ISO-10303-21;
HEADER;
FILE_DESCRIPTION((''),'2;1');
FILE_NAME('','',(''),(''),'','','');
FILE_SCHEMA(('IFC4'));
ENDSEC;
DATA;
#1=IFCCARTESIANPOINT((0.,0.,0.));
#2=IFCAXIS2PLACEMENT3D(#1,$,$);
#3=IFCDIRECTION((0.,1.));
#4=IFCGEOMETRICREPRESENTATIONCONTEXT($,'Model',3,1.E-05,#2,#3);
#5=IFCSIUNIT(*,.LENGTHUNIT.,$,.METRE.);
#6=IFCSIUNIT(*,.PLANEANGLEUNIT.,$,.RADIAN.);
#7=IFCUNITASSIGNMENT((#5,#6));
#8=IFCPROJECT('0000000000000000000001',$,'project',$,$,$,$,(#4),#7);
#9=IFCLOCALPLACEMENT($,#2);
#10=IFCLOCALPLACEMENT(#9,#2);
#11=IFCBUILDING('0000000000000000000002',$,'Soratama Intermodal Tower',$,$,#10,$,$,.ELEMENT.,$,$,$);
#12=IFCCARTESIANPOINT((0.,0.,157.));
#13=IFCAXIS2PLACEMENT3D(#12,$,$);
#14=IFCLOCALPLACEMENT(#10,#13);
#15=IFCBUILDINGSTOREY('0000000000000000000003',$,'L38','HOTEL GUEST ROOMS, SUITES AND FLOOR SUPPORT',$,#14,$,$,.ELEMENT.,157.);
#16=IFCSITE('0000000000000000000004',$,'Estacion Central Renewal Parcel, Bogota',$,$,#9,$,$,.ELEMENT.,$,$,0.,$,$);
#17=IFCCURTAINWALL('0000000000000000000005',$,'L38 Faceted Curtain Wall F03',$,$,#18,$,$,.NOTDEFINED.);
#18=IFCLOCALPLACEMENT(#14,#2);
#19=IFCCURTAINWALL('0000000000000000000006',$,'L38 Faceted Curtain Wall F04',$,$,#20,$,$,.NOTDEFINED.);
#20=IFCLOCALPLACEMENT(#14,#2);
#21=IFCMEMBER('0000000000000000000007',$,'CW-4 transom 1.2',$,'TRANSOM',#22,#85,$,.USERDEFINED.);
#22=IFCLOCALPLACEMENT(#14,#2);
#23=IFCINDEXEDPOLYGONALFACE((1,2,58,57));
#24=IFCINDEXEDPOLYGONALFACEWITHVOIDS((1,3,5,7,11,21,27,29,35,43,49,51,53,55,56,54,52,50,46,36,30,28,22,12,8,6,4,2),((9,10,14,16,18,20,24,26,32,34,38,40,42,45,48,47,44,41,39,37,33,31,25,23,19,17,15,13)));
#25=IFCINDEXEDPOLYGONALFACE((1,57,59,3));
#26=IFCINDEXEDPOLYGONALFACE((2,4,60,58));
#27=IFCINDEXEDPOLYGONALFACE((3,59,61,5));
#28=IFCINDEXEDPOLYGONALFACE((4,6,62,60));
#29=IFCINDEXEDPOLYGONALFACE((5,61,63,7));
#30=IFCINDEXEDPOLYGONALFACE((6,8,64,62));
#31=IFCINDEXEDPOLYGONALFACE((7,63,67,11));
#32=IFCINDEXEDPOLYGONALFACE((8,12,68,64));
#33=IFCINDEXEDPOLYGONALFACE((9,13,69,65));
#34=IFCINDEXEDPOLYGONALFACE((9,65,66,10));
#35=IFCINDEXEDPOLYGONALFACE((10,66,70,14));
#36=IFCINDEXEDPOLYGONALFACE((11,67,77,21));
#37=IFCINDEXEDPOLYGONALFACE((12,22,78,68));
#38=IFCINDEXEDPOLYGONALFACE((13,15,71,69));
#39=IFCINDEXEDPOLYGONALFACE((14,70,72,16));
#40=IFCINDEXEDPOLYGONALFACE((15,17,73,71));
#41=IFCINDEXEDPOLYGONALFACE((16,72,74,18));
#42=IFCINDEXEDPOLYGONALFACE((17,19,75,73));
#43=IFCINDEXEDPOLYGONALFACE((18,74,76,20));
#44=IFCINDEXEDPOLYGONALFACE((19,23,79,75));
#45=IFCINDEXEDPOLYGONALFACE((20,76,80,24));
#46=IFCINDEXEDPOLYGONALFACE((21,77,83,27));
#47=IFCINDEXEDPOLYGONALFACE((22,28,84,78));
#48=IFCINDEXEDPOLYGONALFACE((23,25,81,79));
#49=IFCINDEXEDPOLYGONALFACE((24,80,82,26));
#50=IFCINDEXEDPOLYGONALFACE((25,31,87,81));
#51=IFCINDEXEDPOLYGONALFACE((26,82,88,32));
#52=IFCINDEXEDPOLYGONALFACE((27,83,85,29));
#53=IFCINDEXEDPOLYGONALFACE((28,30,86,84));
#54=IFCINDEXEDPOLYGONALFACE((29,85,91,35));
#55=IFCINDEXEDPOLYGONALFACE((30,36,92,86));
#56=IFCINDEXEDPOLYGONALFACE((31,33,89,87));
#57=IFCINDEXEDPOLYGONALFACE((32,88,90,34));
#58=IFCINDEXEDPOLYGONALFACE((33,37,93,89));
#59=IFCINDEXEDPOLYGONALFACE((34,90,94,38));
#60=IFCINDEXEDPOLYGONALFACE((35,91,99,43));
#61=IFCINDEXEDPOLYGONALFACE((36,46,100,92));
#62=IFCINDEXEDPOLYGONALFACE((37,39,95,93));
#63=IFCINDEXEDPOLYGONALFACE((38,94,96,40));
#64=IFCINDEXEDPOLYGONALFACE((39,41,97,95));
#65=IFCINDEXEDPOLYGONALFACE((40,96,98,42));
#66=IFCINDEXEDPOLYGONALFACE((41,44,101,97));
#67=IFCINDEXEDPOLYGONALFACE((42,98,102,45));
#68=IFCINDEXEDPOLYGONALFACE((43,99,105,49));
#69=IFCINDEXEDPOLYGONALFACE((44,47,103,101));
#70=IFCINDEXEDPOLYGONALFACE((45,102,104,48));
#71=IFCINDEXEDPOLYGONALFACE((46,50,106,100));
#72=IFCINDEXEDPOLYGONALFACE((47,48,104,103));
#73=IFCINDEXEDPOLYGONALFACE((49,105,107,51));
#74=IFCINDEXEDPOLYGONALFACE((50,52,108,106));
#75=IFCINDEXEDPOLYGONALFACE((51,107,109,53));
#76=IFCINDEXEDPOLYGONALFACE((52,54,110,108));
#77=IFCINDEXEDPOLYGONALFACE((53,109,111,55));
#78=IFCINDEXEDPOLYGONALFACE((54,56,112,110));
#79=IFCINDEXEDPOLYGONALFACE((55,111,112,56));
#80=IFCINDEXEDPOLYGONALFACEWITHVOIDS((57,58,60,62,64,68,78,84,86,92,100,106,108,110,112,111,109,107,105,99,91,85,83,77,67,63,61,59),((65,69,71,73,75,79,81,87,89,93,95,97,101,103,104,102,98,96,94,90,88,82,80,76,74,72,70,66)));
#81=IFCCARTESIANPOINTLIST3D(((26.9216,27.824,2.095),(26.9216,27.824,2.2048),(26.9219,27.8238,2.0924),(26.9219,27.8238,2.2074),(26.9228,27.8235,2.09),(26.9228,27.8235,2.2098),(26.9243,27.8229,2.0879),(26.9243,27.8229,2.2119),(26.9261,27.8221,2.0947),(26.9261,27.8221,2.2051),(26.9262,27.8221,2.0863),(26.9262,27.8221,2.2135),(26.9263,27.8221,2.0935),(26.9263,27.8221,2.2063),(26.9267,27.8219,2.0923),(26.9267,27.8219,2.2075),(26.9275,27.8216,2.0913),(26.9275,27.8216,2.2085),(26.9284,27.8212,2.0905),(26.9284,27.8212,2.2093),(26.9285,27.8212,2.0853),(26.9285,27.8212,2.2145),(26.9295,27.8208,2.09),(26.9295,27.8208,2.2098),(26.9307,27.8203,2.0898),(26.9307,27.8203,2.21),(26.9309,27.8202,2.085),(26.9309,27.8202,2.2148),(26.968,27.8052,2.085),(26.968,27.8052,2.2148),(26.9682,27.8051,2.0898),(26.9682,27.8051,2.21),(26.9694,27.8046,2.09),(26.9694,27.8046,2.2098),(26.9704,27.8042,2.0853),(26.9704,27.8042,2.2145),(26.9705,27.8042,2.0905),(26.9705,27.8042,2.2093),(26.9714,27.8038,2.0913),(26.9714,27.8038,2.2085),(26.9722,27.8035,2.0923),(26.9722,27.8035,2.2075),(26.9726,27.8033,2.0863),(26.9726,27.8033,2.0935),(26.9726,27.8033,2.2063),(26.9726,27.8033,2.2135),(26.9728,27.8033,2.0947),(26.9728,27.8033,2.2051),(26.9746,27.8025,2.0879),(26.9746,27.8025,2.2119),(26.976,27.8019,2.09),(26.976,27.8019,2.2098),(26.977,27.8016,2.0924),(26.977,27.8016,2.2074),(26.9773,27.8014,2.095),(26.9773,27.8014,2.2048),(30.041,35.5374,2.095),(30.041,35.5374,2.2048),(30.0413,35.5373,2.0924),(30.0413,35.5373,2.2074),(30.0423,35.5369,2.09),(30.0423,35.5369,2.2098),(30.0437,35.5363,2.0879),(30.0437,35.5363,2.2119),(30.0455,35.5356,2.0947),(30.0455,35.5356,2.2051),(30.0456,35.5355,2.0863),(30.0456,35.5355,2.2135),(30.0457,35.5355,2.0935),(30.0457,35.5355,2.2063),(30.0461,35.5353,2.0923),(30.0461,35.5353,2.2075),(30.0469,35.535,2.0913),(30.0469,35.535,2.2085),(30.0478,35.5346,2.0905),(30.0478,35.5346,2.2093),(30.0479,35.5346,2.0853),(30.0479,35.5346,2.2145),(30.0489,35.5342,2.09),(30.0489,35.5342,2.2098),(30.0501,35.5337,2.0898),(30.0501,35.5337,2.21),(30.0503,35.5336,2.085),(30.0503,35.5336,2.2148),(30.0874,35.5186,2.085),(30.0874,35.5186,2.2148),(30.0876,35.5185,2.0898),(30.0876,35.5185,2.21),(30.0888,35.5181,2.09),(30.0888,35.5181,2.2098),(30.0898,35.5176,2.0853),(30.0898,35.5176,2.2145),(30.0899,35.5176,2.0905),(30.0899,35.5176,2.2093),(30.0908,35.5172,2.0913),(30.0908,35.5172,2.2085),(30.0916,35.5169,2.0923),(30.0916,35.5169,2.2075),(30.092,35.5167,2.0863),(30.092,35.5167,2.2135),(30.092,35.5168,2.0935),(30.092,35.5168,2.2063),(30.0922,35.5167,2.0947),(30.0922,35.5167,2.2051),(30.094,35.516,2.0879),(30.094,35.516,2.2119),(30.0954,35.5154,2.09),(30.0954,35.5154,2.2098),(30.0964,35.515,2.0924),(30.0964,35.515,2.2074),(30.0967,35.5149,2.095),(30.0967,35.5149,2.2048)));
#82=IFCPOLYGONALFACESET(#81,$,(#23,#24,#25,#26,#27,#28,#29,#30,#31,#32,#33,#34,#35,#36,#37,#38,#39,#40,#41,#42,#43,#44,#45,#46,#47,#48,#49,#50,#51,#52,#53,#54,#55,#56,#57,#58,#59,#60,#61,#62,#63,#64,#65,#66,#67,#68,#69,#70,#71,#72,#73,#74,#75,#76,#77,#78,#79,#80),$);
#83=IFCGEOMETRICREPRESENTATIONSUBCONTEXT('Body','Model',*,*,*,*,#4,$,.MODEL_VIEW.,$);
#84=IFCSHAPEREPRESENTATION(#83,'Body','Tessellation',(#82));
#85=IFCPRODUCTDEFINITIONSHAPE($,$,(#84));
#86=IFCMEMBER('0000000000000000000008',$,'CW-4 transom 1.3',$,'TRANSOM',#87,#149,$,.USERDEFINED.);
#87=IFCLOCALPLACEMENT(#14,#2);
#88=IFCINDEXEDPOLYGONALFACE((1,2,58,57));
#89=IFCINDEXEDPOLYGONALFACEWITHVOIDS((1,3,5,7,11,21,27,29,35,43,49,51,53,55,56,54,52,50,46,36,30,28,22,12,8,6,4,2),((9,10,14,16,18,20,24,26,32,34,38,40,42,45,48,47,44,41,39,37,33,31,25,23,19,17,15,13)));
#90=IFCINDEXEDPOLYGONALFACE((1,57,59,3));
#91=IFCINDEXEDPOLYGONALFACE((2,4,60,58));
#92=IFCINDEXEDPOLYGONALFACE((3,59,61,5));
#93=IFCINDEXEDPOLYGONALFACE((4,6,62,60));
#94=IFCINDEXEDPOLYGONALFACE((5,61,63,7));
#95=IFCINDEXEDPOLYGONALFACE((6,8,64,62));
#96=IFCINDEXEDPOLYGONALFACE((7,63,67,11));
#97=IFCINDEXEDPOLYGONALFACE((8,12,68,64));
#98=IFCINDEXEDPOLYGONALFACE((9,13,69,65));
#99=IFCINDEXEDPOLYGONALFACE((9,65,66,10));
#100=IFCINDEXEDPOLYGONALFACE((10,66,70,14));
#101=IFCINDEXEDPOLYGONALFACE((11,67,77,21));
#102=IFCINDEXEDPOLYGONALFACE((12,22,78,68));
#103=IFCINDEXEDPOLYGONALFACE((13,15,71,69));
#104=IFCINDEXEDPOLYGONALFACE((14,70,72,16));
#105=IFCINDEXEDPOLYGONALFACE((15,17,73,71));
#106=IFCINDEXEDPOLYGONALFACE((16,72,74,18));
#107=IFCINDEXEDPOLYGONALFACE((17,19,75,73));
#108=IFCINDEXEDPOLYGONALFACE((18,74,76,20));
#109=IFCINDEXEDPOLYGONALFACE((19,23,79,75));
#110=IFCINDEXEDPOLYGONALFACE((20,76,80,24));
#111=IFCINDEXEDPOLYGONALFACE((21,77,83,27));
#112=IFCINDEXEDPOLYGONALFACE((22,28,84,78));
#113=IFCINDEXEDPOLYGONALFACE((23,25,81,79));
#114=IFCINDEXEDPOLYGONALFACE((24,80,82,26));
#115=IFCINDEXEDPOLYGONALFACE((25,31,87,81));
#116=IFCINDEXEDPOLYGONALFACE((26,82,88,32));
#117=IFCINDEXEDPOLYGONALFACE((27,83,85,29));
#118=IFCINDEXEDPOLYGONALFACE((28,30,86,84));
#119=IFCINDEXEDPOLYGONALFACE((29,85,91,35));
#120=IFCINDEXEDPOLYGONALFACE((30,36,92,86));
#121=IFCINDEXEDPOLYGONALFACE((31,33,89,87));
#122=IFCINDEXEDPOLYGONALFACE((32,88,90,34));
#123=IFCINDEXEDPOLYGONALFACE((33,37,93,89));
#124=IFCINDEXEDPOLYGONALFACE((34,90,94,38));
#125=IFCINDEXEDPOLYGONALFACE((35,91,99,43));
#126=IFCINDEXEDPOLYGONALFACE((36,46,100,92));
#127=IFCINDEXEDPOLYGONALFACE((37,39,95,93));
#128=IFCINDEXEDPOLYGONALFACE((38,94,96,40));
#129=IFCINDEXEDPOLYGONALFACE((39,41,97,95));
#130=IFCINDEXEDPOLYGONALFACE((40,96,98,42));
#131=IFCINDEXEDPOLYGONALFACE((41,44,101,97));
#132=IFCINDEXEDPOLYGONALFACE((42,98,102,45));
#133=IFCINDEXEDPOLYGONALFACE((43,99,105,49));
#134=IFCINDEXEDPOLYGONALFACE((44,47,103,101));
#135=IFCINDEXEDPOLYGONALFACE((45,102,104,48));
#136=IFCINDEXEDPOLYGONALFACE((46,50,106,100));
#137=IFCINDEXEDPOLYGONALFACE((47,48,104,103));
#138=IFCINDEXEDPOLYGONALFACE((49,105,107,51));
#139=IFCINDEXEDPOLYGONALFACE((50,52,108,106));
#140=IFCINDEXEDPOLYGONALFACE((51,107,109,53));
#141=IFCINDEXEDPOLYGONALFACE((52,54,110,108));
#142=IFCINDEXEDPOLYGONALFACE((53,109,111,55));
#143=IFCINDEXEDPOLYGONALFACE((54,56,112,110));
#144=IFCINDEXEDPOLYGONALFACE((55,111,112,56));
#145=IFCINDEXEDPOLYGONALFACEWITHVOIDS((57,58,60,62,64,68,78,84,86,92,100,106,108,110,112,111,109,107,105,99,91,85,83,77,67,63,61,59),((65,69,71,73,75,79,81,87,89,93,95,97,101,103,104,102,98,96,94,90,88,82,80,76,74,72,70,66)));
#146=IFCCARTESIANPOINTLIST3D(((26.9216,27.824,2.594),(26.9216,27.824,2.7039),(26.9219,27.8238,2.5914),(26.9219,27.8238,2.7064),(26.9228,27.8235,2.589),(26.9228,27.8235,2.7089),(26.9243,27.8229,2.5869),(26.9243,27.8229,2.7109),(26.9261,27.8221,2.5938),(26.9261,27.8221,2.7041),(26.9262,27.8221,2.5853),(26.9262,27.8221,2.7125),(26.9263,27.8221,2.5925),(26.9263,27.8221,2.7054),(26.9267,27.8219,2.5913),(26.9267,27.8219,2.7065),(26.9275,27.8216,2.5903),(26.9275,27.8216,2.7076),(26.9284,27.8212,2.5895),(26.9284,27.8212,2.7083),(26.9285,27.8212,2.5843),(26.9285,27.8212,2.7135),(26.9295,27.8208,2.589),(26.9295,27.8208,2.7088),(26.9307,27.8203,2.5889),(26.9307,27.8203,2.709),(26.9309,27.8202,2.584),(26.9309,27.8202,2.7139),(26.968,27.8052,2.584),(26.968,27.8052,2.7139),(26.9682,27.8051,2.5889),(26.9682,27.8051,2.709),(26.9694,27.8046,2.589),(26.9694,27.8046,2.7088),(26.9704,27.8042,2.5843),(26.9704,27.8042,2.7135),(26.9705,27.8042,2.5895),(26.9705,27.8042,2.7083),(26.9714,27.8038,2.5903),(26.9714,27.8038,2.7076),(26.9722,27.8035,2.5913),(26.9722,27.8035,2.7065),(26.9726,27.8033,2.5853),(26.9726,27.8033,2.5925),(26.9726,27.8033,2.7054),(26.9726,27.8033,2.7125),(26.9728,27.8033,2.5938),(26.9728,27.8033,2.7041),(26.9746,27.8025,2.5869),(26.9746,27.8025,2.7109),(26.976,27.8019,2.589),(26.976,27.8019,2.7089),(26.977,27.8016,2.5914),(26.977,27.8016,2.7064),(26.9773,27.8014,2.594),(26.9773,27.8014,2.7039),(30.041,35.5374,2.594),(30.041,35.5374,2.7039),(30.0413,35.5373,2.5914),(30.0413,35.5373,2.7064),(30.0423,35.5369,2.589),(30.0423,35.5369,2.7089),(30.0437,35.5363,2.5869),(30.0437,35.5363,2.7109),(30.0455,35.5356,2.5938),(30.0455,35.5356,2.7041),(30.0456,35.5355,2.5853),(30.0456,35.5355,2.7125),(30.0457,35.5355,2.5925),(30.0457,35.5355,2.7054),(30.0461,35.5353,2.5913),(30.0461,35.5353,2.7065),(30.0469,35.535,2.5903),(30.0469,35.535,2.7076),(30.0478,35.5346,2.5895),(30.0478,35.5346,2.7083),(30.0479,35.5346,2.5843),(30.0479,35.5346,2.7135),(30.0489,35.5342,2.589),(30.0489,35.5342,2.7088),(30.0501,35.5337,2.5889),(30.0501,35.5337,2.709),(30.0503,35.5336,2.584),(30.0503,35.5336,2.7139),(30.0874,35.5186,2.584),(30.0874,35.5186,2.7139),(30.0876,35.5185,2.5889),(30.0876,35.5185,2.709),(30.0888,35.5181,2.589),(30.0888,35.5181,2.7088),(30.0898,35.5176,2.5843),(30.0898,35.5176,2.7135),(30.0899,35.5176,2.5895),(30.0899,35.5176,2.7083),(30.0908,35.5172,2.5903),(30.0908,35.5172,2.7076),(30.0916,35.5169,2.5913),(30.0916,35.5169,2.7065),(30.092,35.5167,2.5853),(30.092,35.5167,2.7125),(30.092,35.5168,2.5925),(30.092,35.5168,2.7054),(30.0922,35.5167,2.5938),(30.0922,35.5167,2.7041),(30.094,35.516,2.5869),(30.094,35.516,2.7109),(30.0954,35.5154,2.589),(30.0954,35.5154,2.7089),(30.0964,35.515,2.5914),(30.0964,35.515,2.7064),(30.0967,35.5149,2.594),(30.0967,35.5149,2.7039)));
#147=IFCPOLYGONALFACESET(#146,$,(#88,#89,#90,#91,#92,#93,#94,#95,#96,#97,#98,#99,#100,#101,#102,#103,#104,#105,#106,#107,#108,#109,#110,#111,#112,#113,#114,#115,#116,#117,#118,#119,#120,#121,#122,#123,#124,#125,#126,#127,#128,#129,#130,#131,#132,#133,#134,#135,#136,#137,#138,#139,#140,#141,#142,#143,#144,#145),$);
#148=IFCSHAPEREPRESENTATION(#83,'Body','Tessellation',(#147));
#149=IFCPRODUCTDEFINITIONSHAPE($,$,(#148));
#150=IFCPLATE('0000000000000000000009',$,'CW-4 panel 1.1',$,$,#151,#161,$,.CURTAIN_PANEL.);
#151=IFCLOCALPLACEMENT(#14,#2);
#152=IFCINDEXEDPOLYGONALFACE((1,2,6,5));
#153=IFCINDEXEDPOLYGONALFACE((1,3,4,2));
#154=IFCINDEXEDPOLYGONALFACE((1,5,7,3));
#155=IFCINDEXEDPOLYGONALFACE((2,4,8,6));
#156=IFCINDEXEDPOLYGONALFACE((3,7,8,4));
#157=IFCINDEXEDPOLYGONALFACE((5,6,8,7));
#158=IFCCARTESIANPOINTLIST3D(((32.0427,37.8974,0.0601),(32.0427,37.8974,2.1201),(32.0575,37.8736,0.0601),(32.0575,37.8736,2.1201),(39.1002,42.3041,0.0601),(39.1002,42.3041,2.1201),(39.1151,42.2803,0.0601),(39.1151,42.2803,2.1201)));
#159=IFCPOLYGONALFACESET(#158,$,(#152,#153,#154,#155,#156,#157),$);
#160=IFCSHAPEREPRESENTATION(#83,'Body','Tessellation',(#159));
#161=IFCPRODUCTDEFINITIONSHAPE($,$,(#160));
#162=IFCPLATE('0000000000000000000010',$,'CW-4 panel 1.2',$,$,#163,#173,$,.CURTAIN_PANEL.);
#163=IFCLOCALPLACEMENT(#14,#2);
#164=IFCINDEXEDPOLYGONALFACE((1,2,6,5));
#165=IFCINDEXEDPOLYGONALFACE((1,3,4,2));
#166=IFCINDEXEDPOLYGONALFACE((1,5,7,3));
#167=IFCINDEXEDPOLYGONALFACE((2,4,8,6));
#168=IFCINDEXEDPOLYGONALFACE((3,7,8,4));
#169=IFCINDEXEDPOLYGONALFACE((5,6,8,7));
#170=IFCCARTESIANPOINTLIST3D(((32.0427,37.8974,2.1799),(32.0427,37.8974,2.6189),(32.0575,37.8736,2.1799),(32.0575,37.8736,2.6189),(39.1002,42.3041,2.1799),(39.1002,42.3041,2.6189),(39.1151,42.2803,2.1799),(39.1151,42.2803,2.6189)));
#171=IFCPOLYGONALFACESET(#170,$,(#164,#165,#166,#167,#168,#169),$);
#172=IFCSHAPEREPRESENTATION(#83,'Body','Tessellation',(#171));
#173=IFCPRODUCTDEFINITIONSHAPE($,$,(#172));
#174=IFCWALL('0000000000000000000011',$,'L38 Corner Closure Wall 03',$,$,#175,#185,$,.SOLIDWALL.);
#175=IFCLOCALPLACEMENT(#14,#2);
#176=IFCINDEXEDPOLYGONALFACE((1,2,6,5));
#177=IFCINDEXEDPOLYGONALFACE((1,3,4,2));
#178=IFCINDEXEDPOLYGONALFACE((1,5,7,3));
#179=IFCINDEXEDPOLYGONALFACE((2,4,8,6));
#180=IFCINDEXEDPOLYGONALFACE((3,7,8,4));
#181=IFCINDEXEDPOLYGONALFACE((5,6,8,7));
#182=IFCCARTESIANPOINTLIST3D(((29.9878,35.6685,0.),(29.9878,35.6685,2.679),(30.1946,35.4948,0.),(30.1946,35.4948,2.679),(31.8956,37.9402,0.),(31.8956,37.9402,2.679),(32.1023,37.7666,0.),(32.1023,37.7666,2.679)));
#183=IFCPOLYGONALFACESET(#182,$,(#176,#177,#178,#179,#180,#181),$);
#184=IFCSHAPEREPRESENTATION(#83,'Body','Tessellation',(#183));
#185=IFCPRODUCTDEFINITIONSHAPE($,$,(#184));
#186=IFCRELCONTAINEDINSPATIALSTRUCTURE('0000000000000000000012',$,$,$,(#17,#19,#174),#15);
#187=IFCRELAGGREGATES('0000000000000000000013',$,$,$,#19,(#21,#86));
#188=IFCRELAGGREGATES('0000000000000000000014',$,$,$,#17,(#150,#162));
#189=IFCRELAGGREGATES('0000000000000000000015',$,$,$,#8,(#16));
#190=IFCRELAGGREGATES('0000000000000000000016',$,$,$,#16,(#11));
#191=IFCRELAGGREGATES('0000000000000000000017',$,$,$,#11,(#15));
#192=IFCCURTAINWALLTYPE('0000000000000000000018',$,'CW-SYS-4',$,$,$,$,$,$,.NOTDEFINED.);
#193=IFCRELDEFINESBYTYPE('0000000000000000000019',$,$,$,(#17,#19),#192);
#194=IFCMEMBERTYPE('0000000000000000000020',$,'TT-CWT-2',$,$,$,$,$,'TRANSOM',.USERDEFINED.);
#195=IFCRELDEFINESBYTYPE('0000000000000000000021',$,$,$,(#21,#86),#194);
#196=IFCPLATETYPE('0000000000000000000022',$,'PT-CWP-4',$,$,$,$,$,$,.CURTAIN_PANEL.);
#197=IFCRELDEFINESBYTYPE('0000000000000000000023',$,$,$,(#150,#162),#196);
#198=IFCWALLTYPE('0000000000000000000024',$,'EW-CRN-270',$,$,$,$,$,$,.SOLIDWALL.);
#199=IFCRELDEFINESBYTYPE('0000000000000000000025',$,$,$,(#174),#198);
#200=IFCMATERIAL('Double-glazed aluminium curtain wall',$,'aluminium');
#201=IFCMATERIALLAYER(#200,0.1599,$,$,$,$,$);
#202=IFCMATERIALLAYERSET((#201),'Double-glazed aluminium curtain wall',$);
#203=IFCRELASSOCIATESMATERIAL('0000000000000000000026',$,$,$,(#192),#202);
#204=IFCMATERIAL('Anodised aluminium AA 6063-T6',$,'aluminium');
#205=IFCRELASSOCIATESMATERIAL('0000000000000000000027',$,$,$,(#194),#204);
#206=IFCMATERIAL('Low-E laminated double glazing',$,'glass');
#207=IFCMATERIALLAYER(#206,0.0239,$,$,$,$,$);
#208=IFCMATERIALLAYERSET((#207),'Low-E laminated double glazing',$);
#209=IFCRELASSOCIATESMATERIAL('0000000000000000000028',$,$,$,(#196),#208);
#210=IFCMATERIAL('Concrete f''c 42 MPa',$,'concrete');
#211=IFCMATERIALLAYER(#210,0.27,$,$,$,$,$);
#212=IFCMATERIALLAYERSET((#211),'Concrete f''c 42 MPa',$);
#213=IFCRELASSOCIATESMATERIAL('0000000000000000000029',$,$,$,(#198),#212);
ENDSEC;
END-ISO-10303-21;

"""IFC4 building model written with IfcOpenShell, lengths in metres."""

from ifc_helpers import new_model, si_unit, direction, frame, frame_2d, origin, origin_2d, place, context, subcontext, project, spatial, rectangle, hollow_rectangle, extrude, material, layer, layer_set, material_profile, profile_set, type_object, element, aggregate, save


model = new_model("IFC4")

# Units and contexts
model_context = context("Model", 3, precision=1e-05, world=origin(), true_north=direction((0.0, 1.0)))
body_context = subcontext(model_context, "Body", "Model", "MODEL_VIEW")
ifc_project = project(units=[si_unit("LENGTHUNIT", "METRE"), si_unit("PLANEANGLEUNIT", "RADIAN")], contexts=[model_context])

# Site, building, storey
site_placement = place(None, origin())
site = spatial("IfcSite", under=ifc_project, at=site_placement, Name="Estacion Central Renewal Parcel, Bogota", CompositionType="ELEMENT", RefElevation=0.0)
building_placement = place(site_placement, origin())
building = spatial("IfcBuilding", under=site, at=building_placement, Name="Soratama Intermodal Tower", CompositionType="ELEMENT")
storey_placement = place(building_placement, frame((0.0, 0.0, 157.0)))
storey = spatial("IfcBuildingStorey", under=building, at=storey_placement, Name="L38", Description="HOTEL GUEST ROOMS, SUITES AND FLOOR SUPPORT", CompositionType="ELEMENT", Elevation=157.0)

# Curtain wall
ifc_material_1 = material(Name="Double-glazed aluminium curtain wall", Category="aluminium")
ifc_layer_1 = layer(ifc_material_1, 0.1599)
ifc_layer_set_1 = layer_set([ifc_layer_1], Name="Double-glazed aluminium curtain wall")
curtain_wall_type = type_object("IfcCurtainWallType", Name="CW-SYS-4", PredefinedType="NOTDEFINED", material=ifc_layer_set_1)
curtain_wall_1_placement = place(storey_placement, origin())
curtain_wall_1 = element("IfcCurtainWall", 1, at=curtain_wall_1_placement, inside=storey, type_object=curtain_wall_type, Name="L38 Faceted Curtain Wall F03", PredefinedType="NOTDEFINED")

# Curtain wall
curtain_wall_2_placement = place(storey_placement, origin())
curtain_wall_2 = element("IfcCurtainWall", 2, at=curtain_wall_2_placement, inside=storey, type_object=curtain_wall_type, Name="L38 Faceted Curtain Wall F04", PredefinedType="NOTDEFINED")

# Members
ifc_material_2 = material(Name="Anodised aluminium AA 6063-T6", Category="aluminium")
ifc_material_profile_1 = material_profile(ifc_material_2, hollow_rectangle(XDim=0.0601, YDim=0.1299, WallThickness=0.0049, InnerFilletRadius=0.0049, OuterFilletRadius=0.01, at=origin_2d()), Name="CWT130X60X5")
ifc_profile_set_1 = profile_set([ifc_material_profile_1], Name="Anodised aluminium AA 6063-T6")
member_type_1 = type_object("IfcMemberType", Name="TT-CWT-2", ElementType="TRANSOM", PredefinedType="USERDEFINED", material=ifc_profile_set_1)
member_1_placement = place(storey_placement, frame((30.0688, 35.5261, 2.1499), z_axis=(-0.374914, -0.92706, 0.0), x_axis=(0.92706, -0.374914, 0.0)))
member_1 = element("IfcMember", 3, at=member_1_placement, type_object=member_type_1, Name="CW-4 transom 1.2", ObjectType="TRANSOM", PredefinedType="USERDEFINED", context=body_context, shape_type="SweptSolid", body=[
    extrude(hollow_rectangle(XDim=0.0601, YDim=0.1299, WallThickness=0.0049, InnerFilletRadius=0.0049, OuterFilletRadius=0.01, at=origin_2d()), origin(), (0.0, 0.0, 1.0), 8.3203),
])
member_2_placement = place(storey_placement, frame((30.0688, 35.5261, 2.6489), z_axis=(-0.374914, -0.92706, 0.0), x_axis=(0.92706, -0.374914, 0.0)))
member_2 = element("IfcMember", 4, at=member_2_placement, type_object=member_type_1, Name="CW-4 transom 1.3", ObjectType="TRANSOM", PredefinedType="USERDEFINED", context=body_context, shape_type="SweptSolid", body=[
    extrude(hollow_rectangle(XDim=0.0601, YDim=0.1299, WallThickness=0.0049, InnerFilletRadius=0.0049, OuterFilletRadius=0.01, at=origin_2d()), origin(), (0.0, 0.0, 1.0), 8.3203),
])
aggregate(curtain_wall_2, [member_1, member_2])

# Plates
ifc_material_3 = material(Name="Low-E laminated double glazing", Category="glass")
ifc_layer_2 = layer(ifc_material_3, 0.0239)
ifc_layer_set_2 = layer_set([ifc_layer_2], Name="Low-E laminated double glazing")
plate_type = type_object("IfcPlateType", Name="PT-CWP-4", PredefinedType="CURTAIN_PANEL", material=ifc_layer_set_2)
plate_1_placement = place(storey_placement, frame((35.5789, 40.0889, 0.0601), z_axis=(0.0, 0.0, 1.0), x_axis=(-0.848229, -0.52963, 0.0)))
plate_1 = element("IfcPlate", 5, at=plate_1_placement, type_object=plate_type, Name="CW-4 panel 1.1", PredefinedType="CURTAIN_PANEL", context=body_context, shape_type="SweptSolid", body=[
    extrude(rectangle(XDim=8.3203, YDim=0.0281, at=origin_2d()), origin(), (0.0, 0.0, 1.0), 2.0601),
])
plate_2_placement = place(storey_placement, frame((35.5789, 40.0889, 2.1799), z_axis=(0.0, 0.0, 1.0), x_axis=(-0.848229, -0.52963, 0.0)))
plate_2 = element("IfcPlate", 6, at=plate_2_placement, type_object=plate_type, Name="CW-4 panel 1.2", PredefinedType="CURTAIN_PANEL", context=body_context, shape_type="SweptSolid", body=[
    extrude(rectangle(XDim=8.3203, YDim=0.0281, at=origin_2d()), origin(), (0.0, 0.0, 1.0), 0.439),
])
aggregate(curtain_wall_1, [plate_1, plate_2])

# Wall
ifc_material_4 = material(Name="Concrete f'c 42 MPa", Category="concrete")
ifc_layer_3 = layer(ifc_material_4, 0.27)
ifc_layer_set_3 = layer_set([ifc_layer_3], Name="Concrete f'c 42 MPa")
wall_type_1 = type_object("IfcWallType", Name="EW-CRN-270", PredefinedType="SOLIDWALL", material=ifc_layer_set_3)
wall_1_placement = place(storey_placement, frame((31.999, 37.8535, 0.0), z_axis=(0.0, 0.0, 1.0), x_axis=(-0.643086, -0.765794, 0.0)))
element("IfcWall", 7, at=wall_1_placement, inside=storey, type_object=wall_type_1, Name="L38 Corner Closure Wall 03", PredefinedType="SOLIDWALL", context=body_context, shape_type="SweptSolid", body=[
    extrude(rectangle(XDim=2.9666, YDim=0.27, at=frame_2d((1.4834, 0.0))), origin(), (0.0, 0.0, 1.0), 2.679),
])

save(model, "model.ifc")
